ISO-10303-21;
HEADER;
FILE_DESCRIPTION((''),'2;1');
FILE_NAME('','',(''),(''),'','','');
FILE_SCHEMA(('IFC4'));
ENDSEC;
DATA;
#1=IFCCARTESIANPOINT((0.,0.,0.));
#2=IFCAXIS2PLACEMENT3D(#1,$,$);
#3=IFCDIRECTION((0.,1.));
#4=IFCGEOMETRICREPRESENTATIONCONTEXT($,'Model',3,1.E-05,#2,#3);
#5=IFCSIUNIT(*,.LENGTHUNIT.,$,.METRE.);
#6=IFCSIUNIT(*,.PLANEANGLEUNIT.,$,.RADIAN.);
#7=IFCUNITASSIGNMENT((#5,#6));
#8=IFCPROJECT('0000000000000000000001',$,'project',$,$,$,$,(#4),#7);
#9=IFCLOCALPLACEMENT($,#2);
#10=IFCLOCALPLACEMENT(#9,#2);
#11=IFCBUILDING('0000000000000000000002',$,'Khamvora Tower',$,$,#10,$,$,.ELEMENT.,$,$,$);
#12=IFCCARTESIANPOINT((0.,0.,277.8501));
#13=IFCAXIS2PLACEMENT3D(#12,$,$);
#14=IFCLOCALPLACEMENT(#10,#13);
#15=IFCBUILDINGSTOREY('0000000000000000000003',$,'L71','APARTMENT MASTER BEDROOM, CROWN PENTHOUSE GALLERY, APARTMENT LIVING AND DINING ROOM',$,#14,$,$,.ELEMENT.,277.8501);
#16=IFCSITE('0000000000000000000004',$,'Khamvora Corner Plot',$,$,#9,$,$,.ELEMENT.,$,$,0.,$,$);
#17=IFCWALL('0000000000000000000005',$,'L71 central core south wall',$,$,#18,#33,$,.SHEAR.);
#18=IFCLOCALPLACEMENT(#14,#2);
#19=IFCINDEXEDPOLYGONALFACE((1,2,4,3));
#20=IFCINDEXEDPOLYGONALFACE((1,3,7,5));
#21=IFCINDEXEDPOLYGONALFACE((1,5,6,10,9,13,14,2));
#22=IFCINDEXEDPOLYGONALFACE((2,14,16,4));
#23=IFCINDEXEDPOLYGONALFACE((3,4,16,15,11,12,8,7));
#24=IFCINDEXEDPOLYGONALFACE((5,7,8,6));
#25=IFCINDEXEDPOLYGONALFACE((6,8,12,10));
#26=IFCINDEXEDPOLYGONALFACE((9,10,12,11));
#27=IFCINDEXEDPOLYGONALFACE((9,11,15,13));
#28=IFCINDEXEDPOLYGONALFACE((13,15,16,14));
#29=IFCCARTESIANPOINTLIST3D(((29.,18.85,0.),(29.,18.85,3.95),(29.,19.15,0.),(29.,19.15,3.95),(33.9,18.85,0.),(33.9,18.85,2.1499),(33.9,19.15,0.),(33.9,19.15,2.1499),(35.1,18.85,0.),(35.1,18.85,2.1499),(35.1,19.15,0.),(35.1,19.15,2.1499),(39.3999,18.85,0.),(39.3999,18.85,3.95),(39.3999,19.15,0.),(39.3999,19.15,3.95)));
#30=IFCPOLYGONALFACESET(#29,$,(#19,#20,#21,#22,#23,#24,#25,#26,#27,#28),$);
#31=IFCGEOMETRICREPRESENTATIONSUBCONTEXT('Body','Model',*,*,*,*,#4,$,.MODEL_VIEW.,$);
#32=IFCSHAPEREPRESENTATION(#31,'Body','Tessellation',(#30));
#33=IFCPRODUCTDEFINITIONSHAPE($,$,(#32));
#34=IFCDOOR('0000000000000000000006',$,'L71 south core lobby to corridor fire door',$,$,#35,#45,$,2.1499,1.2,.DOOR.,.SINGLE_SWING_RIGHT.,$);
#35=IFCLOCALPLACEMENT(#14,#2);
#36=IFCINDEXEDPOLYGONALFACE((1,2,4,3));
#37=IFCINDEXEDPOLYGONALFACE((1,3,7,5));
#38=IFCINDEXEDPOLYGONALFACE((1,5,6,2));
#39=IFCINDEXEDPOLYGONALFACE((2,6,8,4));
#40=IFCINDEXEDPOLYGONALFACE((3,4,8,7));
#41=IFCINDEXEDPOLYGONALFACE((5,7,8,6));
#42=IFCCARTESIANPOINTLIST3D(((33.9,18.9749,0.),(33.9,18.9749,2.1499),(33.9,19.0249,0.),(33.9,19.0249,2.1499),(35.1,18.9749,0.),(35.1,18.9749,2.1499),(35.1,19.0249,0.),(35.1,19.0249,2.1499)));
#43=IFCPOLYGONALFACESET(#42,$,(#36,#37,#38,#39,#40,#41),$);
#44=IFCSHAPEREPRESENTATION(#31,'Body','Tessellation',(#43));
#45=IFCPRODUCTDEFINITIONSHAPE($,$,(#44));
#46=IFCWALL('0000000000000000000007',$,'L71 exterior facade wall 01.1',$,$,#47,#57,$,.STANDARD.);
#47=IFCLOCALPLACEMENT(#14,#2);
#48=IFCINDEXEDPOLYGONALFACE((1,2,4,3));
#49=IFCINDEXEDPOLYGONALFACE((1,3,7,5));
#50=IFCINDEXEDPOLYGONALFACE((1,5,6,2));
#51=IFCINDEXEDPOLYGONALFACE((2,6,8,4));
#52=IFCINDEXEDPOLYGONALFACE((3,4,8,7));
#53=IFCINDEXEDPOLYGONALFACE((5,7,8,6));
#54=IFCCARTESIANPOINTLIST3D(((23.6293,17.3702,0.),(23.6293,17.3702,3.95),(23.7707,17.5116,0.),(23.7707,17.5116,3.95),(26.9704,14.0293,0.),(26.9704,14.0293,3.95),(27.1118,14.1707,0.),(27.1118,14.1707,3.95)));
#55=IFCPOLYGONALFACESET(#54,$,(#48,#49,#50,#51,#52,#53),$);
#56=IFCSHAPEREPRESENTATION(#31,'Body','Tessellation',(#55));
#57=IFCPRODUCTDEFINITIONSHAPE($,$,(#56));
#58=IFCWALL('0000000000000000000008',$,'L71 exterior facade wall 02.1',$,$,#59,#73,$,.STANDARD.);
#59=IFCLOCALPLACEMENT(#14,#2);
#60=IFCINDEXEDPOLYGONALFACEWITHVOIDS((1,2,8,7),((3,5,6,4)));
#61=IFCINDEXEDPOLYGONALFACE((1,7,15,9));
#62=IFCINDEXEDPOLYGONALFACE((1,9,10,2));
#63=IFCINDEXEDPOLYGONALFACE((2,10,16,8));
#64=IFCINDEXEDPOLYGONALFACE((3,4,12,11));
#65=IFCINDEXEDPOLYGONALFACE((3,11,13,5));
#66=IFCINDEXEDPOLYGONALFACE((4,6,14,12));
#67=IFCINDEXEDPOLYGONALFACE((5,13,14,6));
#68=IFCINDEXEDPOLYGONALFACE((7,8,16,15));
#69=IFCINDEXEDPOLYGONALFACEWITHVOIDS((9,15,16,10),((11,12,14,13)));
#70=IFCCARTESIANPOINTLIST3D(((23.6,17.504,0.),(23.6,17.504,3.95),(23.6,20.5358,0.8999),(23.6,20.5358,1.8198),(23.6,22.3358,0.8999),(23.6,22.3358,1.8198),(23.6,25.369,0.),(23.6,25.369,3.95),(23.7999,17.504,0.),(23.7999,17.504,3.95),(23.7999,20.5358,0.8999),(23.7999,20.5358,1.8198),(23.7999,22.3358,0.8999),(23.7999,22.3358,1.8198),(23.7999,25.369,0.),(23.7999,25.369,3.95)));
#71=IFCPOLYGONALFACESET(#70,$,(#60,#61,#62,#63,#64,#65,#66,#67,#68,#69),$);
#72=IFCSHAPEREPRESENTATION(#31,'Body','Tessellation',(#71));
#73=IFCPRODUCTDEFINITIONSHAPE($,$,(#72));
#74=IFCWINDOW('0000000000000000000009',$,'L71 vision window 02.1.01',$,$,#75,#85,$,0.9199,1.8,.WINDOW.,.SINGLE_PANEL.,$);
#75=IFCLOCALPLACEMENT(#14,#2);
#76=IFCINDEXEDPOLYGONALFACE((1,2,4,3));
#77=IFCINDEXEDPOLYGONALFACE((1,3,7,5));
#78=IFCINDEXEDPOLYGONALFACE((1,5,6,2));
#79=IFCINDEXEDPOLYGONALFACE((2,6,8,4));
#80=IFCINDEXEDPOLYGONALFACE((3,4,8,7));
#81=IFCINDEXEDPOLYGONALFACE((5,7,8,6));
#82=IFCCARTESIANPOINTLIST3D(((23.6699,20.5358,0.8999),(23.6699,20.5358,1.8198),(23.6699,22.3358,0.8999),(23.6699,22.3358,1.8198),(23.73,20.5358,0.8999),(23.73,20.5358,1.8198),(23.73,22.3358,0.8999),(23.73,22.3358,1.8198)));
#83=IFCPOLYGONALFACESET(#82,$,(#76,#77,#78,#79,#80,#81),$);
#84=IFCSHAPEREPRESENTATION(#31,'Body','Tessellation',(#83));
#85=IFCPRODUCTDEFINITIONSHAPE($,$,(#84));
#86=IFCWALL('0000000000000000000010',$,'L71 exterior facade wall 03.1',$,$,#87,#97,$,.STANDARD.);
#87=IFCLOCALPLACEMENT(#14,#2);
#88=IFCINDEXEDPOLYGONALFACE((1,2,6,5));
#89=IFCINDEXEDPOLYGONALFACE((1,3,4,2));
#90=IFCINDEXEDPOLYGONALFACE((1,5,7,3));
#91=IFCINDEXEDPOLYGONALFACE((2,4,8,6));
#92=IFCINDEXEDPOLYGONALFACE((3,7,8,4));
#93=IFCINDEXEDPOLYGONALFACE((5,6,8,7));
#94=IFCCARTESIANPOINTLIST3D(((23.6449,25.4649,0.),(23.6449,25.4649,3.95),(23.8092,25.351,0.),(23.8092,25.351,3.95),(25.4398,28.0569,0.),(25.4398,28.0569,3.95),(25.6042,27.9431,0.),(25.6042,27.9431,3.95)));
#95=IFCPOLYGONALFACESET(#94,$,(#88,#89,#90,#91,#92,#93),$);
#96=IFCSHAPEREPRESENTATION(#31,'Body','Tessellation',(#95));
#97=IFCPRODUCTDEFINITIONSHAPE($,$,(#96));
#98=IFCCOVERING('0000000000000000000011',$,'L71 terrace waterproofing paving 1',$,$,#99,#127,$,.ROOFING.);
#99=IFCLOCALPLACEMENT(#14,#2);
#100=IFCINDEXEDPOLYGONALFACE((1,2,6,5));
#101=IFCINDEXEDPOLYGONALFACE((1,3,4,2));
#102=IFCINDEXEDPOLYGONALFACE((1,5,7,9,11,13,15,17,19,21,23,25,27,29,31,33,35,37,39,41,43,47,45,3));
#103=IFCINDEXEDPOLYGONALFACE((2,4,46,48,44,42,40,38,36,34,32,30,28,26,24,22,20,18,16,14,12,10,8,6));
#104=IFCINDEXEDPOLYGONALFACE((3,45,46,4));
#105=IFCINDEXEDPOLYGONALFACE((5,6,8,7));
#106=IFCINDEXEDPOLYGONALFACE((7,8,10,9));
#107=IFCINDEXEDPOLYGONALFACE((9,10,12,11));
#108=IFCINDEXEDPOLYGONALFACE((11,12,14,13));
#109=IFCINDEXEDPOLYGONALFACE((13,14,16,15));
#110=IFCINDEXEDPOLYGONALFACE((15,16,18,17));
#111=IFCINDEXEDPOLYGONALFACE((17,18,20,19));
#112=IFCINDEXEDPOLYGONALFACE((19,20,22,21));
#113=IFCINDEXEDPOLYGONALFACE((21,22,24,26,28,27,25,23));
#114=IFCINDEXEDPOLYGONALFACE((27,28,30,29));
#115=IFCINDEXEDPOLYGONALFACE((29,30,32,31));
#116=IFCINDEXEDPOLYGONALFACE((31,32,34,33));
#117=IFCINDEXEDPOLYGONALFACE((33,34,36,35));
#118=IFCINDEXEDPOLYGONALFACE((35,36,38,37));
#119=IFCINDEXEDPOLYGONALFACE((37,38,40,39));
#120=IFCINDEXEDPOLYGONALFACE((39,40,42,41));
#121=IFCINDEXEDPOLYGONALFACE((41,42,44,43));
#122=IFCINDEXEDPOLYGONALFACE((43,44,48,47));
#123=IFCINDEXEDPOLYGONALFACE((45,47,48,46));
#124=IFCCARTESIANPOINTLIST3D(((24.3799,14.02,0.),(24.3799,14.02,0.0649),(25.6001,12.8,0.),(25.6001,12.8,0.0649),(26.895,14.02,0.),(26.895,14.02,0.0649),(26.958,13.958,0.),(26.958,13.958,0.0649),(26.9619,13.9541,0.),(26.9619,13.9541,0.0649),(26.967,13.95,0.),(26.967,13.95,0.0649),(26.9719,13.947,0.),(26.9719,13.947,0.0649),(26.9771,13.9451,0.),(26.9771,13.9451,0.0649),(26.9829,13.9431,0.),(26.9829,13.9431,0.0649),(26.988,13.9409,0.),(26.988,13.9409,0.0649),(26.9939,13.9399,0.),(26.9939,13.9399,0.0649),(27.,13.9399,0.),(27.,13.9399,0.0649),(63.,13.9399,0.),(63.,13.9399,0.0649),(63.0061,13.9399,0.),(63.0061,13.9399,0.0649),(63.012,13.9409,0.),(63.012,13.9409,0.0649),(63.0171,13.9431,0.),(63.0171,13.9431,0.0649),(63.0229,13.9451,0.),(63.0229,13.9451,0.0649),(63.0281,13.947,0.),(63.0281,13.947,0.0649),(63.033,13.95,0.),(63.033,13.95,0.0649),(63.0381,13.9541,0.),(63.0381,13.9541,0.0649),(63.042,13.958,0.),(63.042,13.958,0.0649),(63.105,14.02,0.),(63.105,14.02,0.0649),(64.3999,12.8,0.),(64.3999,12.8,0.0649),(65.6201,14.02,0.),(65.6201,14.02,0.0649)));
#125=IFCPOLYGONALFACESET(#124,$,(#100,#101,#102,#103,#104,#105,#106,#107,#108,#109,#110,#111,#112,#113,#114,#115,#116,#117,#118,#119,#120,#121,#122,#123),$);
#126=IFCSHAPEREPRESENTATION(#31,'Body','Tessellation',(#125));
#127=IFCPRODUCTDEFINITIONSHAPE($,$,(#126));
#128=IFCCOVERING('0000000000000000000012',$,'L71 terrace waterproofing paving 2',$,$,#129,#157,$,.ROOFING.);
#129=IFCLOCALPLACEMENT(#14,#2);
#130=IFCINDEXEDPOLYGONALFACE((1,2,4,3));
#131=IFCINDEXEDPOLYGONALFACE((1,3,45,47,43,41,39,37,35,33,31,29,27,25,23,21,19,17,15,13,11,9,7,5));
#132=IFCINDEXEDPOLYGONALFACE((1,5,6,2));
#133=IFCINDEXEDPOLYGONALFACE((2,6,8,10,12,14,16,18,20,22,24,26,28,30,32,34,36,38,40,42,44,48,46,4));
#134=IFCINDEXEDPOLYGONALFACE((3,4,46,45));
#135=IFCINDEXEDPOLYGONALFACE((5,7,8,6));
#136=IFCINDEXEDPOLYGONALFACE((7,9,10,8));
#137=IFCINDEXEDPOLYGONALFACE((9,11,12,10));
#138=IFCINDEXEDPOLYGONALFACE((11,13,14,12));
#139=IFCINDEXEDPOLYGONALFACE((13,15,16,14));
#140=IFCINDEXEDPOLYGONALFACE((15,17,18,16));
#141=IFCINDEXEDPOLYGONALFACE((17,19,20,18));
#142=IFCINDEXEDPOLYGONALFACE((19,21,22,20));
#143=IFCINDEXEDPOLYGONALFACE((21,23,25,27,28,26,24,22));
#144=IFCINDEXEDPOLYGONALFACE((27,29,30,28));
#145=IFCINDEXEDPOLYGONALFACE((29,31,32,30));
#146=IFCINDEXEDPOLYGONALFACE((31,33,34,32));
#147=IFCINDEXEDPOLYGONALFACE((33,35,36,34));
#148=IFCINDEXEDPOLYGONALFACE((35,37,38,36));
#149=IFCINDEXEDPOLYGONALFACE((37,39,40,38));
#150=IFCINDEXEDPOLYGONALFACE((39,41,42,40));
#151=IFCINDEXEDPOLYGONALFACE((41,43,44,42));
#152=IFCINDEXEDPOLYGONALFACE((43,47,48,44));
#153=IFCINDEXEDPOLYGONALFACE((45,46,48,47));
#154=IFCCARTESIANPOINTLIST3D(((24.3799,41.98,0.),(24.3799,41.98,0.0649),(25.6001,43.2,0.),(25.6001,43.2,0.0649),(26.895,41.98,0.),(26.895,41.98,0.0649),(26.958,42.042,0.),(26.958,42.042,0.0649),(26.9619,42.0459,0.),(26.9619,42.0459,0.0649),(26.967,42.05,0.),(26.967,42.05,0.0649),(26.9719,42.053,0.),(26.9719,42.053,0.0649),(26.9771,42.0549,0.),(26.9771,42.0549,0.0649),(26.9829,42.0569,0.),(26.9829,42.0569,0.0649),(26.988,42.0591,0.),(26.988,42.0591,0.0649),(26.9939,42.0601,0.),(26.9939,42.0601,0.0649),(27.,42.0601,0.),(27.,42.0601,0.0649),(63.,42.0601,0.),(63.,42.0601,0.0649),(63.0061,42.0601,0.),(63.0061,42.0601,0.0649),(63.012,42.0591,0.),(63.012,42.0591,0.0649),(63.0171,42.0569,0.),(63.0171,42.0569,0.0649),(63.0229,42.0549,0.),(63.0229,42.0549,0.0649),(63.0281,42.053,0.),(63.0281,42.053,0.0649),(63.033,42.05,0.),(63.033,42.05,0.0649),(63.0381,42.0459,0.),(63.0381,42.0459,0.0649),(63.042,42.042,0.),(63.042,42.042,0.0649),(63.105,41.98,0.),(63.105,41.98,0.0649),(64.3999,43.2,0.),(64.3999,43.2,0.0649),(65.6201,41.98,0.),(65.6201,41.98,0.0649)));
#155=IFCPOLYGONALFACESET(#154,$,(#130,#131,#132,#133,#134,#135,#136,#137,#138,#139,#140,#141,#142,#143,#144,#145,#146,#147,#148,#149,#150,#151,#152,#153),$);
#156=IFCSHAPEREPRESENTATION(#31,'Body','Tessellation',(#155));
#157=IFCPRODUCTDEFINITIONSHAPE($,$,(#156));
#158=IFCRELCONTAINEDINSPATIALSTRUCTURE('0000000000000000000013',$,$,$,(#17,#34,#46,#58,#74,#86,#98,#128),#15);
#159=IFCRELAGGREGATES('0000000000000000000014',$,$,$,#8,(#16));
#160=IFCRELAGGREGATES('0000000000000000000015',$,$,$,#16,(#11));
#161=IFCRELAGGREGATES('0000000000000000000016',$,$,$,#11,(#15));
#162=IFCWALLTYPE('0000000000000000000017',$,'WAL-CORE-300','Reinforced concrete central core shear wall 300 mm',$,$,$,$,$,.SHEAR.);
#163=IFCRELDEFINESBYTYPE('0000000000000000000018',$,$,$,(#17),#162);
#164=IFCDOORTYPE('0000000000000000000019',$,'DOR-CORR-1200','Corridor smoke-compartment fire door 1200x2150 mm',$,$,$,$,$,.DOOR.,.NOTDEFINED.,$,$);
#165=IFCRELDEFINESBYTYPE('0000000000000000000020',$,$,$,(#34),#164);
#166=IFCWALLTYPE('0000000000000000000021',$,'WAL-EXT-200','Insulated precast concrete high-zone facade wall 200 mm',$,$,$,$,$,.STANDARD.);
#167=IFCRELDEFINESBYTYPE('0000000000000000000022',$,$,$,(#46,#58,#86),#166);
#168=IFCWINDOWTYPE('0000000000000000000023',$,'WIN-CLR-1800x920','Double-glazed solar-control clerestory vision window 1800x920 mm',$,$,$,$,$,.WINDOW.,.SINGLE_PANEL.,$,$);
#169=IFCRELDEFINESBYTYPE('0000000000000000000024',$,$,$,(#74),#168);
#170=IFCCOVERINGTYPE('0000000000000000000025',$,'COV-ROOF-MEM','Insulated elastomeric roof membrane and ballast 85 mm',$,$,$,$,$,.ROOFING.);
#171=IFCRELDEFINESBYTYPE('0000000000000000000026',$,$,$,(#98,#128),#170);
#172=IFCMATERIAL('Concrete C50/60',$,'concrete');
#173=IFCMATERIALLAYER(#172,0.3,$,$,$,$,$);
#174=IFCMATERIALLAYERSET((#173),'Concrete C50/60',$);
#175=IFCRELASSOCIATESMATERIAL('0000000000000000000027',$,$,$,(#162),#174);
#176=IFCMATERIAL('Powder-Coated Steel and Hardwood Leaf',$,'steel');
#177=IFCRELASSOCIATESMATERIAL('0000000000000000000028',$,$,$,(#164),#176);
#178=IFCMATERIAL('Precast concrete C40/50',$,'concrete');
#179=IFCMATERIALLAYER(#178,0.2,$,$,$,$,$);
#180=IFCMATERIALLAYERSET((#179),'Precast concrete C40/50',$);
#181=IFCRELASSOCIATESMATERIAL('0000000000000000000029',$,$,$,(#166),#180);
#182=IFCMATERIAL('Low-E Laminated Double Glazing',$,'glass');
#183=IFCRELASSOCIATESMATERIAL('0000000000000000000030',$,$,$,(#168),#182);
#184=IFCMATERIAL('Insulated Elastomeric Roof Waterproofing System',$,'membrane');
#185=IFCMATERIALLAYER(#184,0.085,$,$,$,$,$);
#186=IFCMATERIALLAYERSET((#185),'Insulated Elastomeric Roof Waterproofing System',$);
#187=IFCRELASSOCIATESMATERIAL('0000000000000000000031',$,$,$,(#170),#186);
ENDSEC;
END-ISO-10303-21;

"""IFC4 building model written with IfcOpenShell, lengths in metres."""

from ifc_helpers import new_model, si_unit, direction, frame, frame_2d, origin, place, context, subcontext, project, spatial, polyline, rectangle, outline, extrude, material, layer, layer_set, type_object, element, fill, save


model = new_model("IFC4")

# Units and contexts
model_context = context("Model", 3, precision=1e-05, world=origin(), true_north=direction((0.0, 1.0)))
body_context = subcontext(model_context, "Body", "Model", "MODEL_VIEW")
ifc_project = project(units=[si_unit("LENGTHUNIT", "METRE"), si_unit("PLANEANGLEUNIT", "RADIAN")], contexts=[model_context])

# Site, building, storey
site_placement = place(None, origin())
site = spatial("IfcSite", under=ifc_project, at=site_placement, Name="Khamvora Corner Plot", CompositionType="ELEMENT", RefElevation=0.0)
building_placement = place(site_placement, origin())
building = spatial("IfcBuilding", under=site, at=building_placement, Name="Khamvora Tower", CompositionType="ELEMENT")
storey_placement = place(building_placement, frame((0.0, 0.0, 277.8501)))
storey = spatial("IfcBuildingStorey", under=building, at=storey_placement, Name="L71", Description="APARTMENT MASTER BEDROOM, CROWN PENTHOUSE GALLERY, APARTMENT LIVING AND DINING ROOM", CompositionType="ELEMENT", Elevation=277.8501)

# Shared definitions
ifc_material_1 = material(Name="Concrete C50/60", Category="concrete")
ifc_layer_1 = layer(ifc_material_1, 0.3)
ifc_layer_set_1 = layer_set([ifc_layer_1], Name="Concrete C50/60")
wall_type_1 = type_object("IfcWallType", Name="WAL-CORE-300", Description="Reinforced concrete central core shear wall 300 mm", PredefinedType="SHEAR", material=ifc_layer_set_1)

# Wall, opening, door
wall_1_placement = place(storey_placement, frame((29.0, 19.0, 0.0), z_axis=(0.0, 0.0, 1.0), x_axis=(1.0, 0.0, 0.0)))
wall_1 = element("IfcWall", 1, at=wall_1_placement, inside=storey, type_object=wall_type_1, Name="L71 central core south wall", PredefinedType="SHEAR", context=body_context, shape_type="SweptSolid", body=[
    extrude(rectangle(XDim=10.3999, YDim=0.3, at=frame_2d((5.2, 0.0))), origin(), (0.0, 0.0, 1.0), 3.95),
])
opening_1_placement = place(wall_1_placement, frame((4.8999, 0.0, 0.0)))
opening_1 = element("IfcOpeningElement", 2, at=opening_1_placement, cuts=wall_1, PredefinedType="OPENING", context=body_context, shape_type="SweptSolid", body=[
    extrude(rectangle(XDim=1.2, YDim=2.1499, at=frame_2d((0.6001, 1.075))), frame((0.0, 0.1599, 0.0), z_axis=(0.0, -1.0, 0.0), x_axis=(1.0, 0.0, 0.0)), (0.0, 0.0, 1.0), 0.3201),
])
ifc_material_2 = material(Name="Powder-Coated Steel and Hardwood Leaf", Category="steel")
door_type = type_object("IfcDoorType", Name="DOR-CORR-1200", Description="Corridor smoke-compartment fire door 1200x2150 mm", OperationType="NOTDEFINED", PredefinedType="DOOR", material=ifc_material_2)
door_placement = place(opening_1_placement, origin())
door = element("IfcDoor", 3, at=door_placement, inside=storey, type_object=door_type, Name="L71 south core lobby to corridor fire door", OperationType="SINGLE_SWING_RIGHT", OverallHeight=2.1499, OverallWidth=1.2, PredefinedType="DOOR", context=body_context, shape_type="SweptSolid", body=[
    extrude(rectangle(XDim=1.2, YDim=2.1499, at=frame_2d((0.6001, 1.075))), frame((0.0, 0.0249, 0.0), z_axis=(0.0, -1.0, 0.0), x_axis=(1.0, 0.0, 0.0)), (0.0, 0.0, 1.0), 0.05),
])
fill(opening_1, door)

# Wall
ifc_material_3 = material(Name="Precast concrete C40/50", Category="concrete")
ifc_layer_2 = layer(ifc_material_3, 0.2)
ifc_layer_set_2 = layer_set([ifc_layer_2], Name="Precast concrete C40/50")
wall_type_2 = type_object("IfcWallType", Name="WAL-EXT-200", Description="Insulated precast concrete high-zone facade wall 200 mm", PredefinedType="STANDARD", material=ifc_layer_set_2)
wall_2_placement = place(storey_placement, frame((27.041, 14.1001, 0.0), z_axis=(0.0, 0.0, 1.0), x_axis=(-0.707133, 0.707081, 0.0)))
element("IfcWall", 4, at=wall_2_placement, inside=storey, type_object=wall_type_2, Name="L71 exterior facade wall 01.1", PredefinedType="STANDARD", context=body_context, shape_type="SweptSolid", body=[
    extrude(rectangle(XDim=4.7249, YDim=0.2, at=frame_2d((2.3623, 0.0))), origin(), (0.0, 0.0, 1.0), 3.95),
])

# Wall, opening, window
wall_3_placement = place(storey_placement, frame((23.7, 17.5039, 0.0), z_axis=(0.0, 0.0, 1.0), x_axis=(0.0, 1.0, 0.0)))
wall_3 = element("IfcWall", 5, at=wall_3_placement, inside=storey, type_object=wall_type_2, Name="L71 exterior facade wall 02.1", PredefinedType="STANDARD", context=body_context, shape_type="SweptSolid", body=[
    extrude(rectangle(XDim=7.865, YDim=0.2, at=frame_2d((3.9326, 0.0))), origin(), (0.0, 0.0, 1.0), 3.95),
])
opening_2_placement = place(wall_3_placement, frame((3.032, 0.0, 0.8999)))
opening_2 = element("IfcOpeningElement", 6, at=opening_2_placement, cuts=wall_3, PredefinedType="OPENING", context=body_context, shape_type="SweptSolid", body=[
    extrude(rectangle(XDim=1.8, YDim=0.9199, at=frame_2d((0.8999, 0.46))), frame((0.0, 0.1099, 0.0), z_axis=(0.0, -1.0, 0.0), x_axis=(1.0, 0.0, 0.0)), (0.0, 0.0, 1.0), 0.22),
])
ifc_material_4 = material(Name="Low-E Laminated Double Glazing", Category="glass")
window_type = type_object("IfcWindowType", Name="WIN-CLR-1800x920", Description="Double-glazed solar-control clerestory vision window 1800x920 mm", PartitioningType="SINGLE_PANEL", PredefinedType="WINDOW", material=ifc_material_4)
window_placement = place(opening_2_placement, origin())
window = element("IfcWindow", 7, at=window_placement, inside=storey, type_object=window_type, Name="L71 vision window 02.1.01", OverallHeight=0.9199, OverallWidth=1.8, PartitioningType="SINGLE_PANEL", PredefinedType="WINDOW", context=body_context, shape_type="SweptSolid", body=[
    extrude(rectangle(XDim=1.8, YDim=0.9199, at=frame_2d((0.8999, 0.46))), frame((0.0, 0.03, 0.0), z_axis=(0.0, -1.0, 0.0), x_axis=(1.0, 0.0, 0.0)), (0.0, 0.0, 1.0), 0.0601),
])
fill(opening_2, window)

# Wall
wall_4_placement = place(storey_placement, frame((23.7271, 25.408, 0.0), z_axis=(0.0, 0.0, 1.0), x_axis=(0.569303, 0.822128, 0.0)))
element("IfcWall", 8, at=wall_4_placement, inside=storey, type_object=wall_type_2, Name="L71 exterior facade wall 03.1", PredefinedType="STANDARD", context=body_context, shape_type="SweptSolid", body=[
    extrude(rectangle(XDim=3.1528, YDim=0.2, at=frame_2d((1.5764, 0.0))), origin(), (0.0, 0.0, 1.0), 3.95),
])

# Coverings
ifc_material_5 = material(Name="Insulated Elastomeric Roof Waterproofing System", Category="membrane")
ifc_layer_3 = layer(ifc_material_5, 0.085)
ifc_layer_set_3 = layer_set([ifc_layer_3], Name="Insulated Elastomeric Roof Waterproofing System")
covering_type = type_object("IfcCoveringType", Name="COV-ROOF-MEM", Description="Insulated elastomeric roof membrane and ballast 85 mm", PredefinedType="ROOFING", material=ifc_layer_set_3)
covering_1_placement = place(storey_placement, origin())
element("IfcCovering", 9, at=covering_1_placement, inside=storey, type_object=covering_type, Name="L71 terrace waterproofing paving 1", PredefinedType="ROOFING", context=body_context, shape_type="SweptSolid", body=[
    extrude(outline(polyline([(64.3999, 12.8), (25.6001, 12.8), (24.3799, 14.02), (26.895, 14.02), (26.958, 13.958), (26.9619, 13.9541), (26.967, 13.95), (26.9719, 13.947), (26.9771, 13.9451), (26.9829, 13.9431), (26.988, 13.9409), (26.9939, 13.9399), (27.0, 13.9399), (63.0, 13.9399), (63.0061, 13.9399), (63.012, 13.9409), (63.0171, 13.9431), (63.0229, 13.9451), (63.0281, 13.947), (63.033, 13.95), (63.0381, 13.9541), (63.042, 13.958), (63.105, 14.02), (65.6201, 14.02), (64.3999, 12.8)])), origin(), (0.0, 0.0, 1.0), 0.0649),
])
covering_2_placement = place(storey_placement, origin())
element("IfcCovering", 10, at=covering_2_placement, inside=storey, type_object=covering_type, Name="L71 terrace waterproofing paving 2", PredefinedType="ROOFING", context=body_context, shape_type="SweptSolid", body=[
    extrude(outline(polyline([(25.6001, 43.2), (64.3999, 43.2), (65.6201, 41.98), (63.105, 41.98), (63.042, 42.042), (63.0381, 42.0459), (63.033, 42.05), (63.0281, 42.053), (63.0229, 42.0549), (63.0171, 42.0569), (63.012, 42.0591), (63.0061, 42.0601), (63.0, 42.0601), (27.0, 42.0601), (26.9939, 42.0601), (26.988, 42.0591), (26.9829, 42.0569), (26.9771, 42.0549), (26.9719, 42.053), (26.967, 42.05), (26.9619, 42.0459), (26.958, 42.042), (26.895, 41.98), (24.3799, 41.98), (25.6001, 43.2)])), origin(), (0.0, 0.0, 1.0), 0.0649),
])

save(model, "model.ifc")
